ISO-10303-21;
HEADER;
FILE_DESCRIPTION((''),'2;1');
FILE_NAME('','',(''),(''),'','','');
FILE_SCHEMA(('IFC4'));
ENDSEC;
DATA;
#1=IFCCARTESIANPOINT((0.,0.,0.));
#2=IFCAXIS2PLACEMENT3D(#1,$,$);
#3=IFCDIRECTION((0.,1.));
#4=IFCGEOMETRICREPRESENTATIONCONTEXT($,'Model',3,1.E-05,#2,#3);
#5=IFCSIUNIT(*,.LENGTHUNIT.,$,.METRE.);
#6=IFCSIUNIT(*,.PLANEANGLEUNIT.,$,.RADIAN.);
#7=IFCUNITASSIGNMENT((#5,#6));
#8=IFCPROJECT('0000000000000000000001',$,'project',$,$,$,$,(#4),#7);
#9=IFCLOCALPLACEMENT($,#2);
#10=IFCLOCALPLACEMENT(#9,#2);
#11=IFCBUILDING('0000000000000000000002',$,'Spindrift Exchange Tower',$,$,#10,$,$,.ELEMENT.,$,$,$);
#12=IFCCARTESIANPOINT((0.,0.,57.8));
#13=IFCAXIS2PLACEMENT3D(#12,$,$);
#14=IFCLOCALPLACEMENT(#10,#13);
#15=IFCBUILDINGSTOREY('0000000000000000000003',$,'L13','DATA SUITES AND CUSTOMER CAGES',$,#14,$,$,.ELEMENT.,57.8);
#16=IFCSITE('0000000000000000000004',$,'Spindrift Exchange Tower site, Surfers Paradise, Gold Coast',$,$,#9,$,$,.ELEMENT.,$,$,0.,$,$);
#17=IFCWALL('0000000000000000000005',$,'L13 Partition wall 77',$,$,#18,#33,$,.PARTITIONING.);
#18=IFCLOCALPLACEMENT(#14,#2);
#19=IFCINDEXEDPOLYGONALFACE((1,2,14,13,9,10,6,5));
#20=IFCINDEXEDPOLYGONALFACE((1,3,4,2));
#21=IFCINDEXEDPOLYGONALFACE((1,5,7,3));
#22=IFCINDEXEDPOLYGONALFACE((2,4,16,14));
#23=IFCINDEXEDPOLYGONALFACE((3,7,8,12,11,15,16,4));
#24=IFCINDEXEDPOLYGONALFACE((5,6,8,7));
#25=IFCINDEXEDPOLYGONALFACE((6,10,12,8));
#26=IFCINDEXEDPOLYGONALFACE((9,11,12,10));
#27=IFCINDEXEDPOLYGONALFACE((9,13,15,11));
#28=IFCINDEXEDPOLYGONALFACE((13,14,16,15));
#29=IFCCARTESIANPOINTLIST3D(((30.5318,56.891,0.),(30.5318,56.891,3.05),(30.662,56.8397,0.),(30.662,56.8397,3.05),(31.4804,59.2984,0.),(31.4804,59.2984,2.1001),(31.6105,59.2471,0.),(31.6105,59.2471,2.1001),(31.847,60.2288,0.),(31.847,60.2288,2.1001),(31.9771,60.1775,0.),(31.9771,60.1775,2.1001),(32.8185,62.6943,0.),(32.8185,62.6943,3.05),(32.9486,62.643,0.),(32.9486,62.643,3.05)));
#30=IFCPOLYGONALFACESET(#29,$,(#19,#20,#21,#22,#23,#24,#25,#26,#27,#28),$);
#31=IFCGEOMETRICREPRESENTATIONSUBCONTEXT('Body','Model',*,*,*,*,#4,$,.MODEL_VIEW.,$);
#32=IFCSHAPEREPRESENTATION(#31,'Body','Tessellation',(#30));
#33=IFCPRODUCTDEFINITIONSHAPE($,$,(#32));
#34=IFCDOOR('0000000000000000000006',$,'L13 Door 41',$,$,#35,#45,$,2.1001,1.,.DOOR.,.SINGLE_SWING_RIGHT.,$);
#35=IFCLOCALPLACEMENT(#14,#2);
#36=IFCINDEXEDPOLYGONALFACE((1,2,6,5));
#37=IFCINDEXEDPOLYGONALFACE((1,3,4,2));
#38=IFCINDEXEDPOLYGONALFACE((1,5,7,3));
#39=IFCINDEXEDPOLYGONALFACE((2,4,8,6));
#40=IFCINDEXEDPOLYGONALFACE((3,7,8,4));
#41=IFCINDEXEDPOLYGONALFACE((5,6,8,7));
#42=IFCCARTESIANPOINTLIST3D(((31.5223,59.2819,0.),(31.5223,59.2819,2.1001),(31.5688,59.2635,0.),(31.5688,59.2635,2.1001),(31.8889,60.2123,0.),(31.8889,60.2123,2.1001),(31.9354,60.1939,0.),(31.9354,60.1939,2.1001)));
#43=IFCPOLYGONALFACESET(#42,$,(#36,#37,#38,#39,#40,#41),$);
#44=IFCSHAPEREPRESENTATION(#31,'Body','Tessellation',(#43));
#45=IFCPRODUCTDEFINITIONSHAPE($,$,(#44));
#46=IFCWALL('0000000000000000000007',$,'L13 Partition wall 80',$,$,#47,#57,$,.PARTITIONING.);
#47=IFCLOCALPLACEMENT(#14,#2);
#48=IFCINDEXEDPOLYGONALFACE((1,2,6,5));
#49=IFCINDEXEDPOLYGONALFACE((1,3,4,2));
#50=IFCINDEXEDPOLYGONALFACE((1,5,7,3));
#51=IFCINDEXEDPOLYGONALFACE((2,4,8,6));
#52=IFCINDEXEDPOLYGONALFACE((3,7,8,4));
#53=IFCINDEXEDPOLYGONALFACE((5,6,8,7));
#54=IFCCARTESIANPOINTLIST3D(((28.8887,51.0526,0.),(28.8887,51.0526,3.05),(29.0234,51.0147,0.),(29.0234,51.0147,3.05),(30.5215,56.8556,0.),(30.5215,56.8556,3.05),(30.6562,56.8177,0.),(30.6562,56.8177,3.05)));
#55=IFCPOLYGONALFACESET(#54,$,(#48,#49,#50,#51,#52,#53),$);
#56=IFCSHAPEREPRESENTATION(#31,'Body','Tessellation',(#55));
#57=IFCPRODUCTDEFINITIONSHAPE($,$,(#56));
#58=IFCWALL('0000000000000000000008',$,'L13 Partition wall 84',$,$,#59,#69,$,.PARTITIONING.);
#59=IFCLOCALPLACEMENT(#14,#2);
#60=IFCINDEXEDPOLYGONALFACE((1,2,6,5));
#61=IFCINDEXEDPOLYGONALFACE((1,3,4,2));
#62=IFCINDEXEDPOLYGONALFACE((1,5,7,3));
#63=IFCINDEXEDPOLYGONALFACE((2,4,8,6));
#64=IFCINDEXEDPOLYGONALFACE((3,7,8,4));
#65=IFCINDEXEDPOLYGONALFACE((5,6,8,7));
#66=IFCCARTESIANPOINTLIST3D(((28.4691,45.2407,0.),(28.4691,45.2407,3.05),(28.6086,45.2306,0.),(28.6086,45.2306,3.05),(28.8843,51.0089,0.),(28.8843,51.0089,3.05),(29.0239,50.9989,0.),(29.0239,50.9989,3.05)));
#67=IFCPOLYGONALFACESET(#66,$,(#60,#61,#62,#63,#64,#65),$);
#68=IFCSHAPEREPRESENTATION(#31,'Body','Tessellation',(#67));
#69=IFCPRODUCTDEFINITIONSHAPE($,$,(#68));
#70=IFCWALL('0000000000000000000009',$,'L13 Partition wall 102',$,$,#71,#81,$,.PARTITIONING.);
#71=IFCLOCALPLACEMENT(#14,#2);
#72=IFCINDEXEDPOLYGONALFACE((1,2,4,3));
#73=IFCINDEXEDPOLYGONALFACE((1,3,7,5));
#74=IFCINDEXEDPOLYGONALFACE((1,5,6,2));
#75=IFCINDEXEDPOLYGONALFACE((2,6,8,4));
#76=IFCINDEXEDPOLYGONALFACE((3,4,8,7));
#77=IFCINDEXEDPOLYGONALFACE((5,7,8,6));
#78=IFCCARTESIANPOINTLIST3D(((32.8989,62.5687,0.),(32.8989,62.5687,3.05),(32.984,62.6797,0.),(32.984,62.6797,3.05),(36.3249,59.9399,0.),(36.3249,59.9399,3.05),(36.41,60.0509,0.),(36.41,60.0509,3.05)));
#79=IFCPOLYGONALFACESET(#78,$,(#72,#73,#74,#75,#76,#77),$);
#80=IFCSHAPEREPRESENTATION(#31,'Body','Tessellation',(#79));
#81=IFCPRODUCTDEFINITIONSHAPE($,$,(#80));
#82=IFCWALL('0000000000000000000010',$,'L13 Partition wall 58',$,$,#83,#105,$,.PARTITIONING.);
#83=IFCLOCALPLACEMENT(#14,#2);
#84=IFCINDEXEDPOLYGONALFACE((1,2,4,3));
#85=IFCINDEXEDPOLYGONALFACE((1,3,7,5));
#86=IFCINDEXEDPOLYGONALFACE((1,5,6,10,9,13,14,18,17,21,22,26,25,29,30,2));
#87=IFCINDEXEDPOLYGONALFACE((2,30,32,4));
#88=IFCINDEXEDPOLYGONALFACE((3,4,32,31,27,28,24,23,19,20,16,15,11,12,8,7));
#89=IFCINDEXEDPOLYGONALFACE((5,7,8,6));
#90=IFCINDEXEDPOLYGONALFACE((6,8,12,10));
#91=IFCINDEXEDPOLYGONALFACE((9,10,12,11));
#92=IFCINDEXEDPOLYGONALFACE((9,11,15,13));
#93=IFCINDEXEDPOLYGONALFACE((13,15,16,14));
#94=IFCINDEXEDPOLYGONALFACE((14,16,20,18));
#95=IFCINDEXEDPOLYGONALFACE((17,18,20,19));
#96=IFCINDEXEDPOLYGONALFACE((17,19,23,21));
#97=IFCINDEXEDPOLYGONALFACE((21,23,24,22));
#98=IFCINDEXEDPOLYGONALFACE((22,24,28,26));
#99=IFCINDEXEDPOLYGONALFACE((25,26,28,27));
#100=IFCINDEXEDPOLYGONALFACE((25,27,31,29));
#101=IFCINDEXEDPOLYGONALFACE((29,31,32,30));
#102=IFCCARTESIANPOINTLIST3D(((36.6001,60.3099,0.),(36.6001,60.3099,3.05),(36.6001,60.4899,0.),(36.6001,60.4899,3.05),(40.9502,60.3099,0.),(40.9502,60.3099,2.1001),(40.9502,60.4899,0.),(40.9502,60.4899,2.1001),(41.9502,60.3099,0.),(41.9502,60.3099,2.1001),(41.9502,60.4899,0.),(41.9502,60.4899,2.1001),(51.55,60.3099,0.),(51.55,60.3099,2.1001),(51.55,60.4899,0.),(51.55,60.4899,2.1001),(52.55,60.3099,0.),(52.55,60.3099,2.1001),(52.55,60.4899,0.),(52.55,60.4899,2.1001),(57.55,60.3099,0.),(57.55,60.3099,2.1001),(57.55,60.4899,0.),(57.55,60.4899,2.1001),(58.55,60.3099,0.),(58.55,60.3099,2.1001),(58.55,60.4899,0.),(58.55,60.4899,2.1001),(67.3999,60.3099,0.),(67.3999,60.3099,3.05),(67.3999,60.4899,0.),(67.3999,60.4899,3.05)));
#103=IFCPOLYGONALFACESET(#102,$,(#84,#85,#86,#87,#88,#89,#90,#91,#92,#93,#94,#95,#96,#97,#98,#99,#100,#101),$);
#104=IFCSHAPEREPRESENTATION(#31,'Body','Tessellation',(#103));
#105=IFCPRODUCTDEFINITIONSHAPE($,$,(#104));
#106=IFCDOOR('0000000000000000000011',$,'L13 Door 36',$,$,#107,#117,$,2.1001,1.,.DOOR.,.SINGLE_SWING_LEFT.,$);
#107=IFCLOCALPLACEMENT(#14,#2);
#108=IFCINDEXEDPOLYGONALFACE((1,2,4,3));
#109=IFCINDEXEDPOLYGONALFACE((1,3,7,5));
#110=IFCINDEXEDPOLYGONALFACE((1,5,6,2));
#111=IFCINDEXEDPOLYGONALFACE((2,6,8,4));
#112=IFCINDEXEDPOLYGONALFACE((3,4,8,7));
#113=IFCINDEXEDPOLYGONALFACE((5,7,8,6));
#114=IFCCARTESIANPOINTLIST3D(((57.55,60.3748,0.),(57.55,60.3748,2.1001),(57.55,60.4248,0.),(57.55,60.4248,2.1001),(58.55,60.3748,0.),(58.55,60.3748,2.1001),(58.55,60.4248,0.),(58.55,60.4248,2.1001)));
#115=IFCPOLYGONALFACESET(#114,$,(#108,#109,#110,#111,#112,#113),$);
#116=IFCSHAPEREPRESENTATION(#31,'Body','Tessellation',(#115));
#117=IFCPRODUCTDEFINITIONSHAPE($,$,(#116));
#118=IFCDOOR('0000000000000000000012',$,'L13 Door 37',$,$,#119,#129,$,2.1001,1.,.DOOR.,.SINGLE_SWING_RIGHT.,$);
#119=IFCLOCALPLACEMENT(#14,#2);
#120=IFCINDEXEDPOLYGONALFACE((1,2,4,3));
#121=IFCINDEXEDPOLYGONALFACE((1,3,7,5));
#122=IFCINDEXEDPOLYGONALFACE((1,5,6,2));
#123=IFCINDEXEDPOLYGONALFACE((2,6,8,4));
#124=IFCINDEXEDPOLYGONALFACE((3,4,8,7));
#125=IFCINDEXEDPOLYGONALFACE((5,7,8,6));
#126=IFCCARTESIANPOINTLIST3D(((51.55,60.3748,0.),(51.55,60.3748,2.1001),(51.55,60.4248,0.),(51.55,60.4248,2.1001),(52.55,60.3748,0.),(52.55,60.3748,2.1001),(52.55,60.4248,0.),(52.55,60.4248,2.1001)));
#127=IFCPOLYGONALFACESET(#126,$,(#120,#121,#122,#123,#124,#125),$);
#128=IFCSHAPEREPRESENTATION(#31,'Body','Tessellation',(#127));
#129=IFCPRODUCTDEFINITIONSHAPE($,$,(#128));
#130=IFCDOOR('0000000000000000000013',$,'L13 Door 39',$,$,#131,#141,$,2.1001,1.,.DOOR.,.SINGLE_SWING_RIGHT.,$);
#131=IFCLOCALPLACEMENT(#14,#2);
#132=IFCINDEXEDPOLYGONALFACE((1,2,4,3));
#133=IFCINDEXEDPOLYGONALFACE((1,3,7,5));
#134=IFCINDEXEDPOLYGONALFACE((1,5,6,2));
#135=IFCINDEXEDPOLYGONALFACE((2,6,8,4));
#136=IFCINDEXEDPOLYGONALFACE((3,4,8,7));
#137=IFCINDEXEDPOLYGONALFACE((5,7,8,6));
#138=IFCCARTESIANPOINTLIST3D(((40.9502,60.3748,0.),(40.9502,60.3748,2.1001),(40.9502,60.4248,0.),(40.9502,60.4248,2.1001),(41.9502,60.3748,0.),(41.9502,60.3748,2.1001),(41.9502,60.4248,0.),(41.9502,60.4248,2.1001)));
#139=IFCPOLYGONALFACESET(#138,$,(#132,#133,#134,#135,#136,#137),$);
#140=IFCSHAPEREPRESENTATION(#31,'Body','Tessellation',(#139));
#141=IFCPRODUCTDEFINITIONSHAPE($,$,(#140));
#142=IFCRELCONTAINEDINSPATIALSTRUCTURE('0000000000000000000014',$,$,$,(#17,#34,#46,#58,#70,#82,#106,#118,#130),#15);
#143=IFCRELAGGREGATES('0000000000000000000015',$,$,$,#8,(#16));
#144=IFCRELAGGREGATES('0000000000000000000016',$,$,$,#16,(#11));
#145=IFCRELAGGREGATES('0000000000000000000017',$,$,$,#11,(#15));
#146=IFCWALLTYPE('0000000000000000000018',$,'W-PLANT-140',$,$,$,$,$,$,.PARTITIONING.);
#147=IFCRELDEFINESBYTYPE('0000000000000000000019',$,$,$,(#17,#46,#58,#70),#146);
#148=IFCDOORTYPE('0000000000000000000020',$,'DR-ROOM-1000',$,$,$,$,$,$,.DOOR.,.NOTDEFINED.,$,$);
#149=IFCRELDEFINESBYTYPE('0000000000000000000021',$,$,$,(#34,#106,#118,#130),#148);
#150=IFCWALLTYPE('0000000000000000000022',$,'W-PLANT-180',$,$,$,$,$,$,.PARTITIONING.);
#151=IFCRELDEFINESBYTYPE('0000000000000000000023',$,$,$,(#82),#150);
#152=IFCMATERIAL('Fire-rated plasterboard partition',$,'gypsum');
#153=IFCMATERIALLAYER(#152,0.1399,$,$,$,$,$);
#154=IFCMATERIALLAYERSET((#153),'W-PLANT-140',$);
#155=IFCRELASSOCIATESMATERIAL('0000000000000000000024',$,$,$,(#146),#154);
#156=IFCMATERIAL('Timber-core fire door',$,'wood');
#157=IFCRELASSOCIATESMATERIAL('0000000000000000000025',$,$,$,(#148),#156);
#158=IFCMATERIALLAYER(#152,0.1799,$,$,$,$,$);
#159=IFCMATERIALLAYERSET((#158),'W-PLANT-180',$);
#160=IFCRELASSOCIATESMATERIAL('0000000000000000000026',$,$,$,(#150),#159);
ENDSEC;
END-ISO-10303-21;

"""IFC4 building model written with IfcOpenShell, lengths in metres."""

from ifc_helpers import new_model, si_unit, direction, frame, frame_2d, origin, place, context, subcontext, project, spatial, rectangle, extrude, source, transform, mapped, material, layer, layer_set, type_object, element, fill, save


model = new_model("IFC4")

# Units and contexts
model_context = context("Model", 3, precision=1e-05, world=origin(), true_north=direction((0.0, 1.0)))
body_context = subcontext(model_context, "Body", "Model", "MODEL_VIEW")
ifc_project = project(units=[si_unit("LENGTHUNIT", "METRE"), si_unit("PLANEANGLEUNIT", "RADIAN")], contexts=[model_context])

# Site, building, storey
site_placement = place(None, origin())
site = spatial("IfcSite", under=ifc_project, at=site_placement, Name="Spindrift Exchange Tower site, Surfers Paradise, Gold Coast", CompositionType="ELEMENT", RefElevation=0.0)
building_placement = place(site_placement, origin())
building = spatial("IfcBuilding", under=site, at=building_placement, Name="Spindrift Exchange Tower", CompositionType="ELEMENT")
storey_placement = place(building_placement, frame((0.0, 0.0, 57.8)))
storey = spatial("IfcBuildingStorey", under=building, at=storey_placement, Name="L13", Description="DATA SUITES AND CUSTOMER CAGES", CompositionType="ELEMENT", Elevation=57.8)

# Wall, opening, door
ifc_material_1 = material(Name="Fire-rated plasterboard partition", Category="gypsum")
ifc_layer_1 = layer(ifc_material_1, 0.1399)
ifc_layer_set_1 = layer_set([ifc_layer_1], Name="W-PLANT-140")
wall_type_1 = type_object("IfcWallType", Name="W-PLANT-140", PredefinedType="PARTITIONING", material=ifc_layer_set_1)
wall_1_placement = place(storey_placement, frame((30.5969, 56.8655, 0.0), z_axis=(0.0, 0.0, 1.0), x_axis=(0.366594, 0.930381, 0.0)))
wall_1 = element("IfcWall", 1, at=wall_1_placement, inside=storey, type_object=wall_type_1, Name="L13 Partition wall 77", PredefinedType="PARTITIONING", context=body_context, shape_type="SweptSolid", body=[
    extrude(rectangle(XDim=6.2375, YDim=0.1399, at=frame_2d((3.1187, 0.0))), origin(), (0.0, 0.0, 1.0), 3.05),
])
opening_1_placement = place(wall_1_placement, frame((2.5874, 0.0, 0.0)))
opening_1 = element("IfcOpeningElement", 2, at=opening_1_placement, cuts=wall_1, PredefinedType="OPENING", context=body_context, shape_type="SweptSolid", body=[
    extrude(rectangle(XDim=1.0, YDim=2.1001, at=frame_2d((0.5, 1.05))), frame((0.0, 0.0798, 0.0), z_axis=(0.0, -1.0, 0.0), x_axis=(1.0, 0.0, 0.0)), (0.0, 0.0, 1.0), 0.1599),
])
ifc_material_2 = material(Name="Timber-core fire door", Category="wood")
door_type = type_object("IfcDoorType", Name="DR-ROOM-1000", OperationType="NOTDEFINED", PredefinedType="DOOR", material=ifc_material_2)
shared_shape_1 = source(origin(), body_context, "Body", "SweptSolid", [
    extrude(rectangle(XDim=1.0, YDim=2.1001, at=frame_2d((0.5, 1.05))), frame((0.0, 0.0249, 0.0), z_axis=(0.0, -1.0, 0.0), x_axis=(1.0, 0.0, 0.0)), (0.0, 0.0, 1.0), 0.05),
])
door_1_placement = place(opening_1_placement, origin())
door_1 = element("IfcDoor", 3, at=door_1_placement, inside=storey, type_object=door_type, Name="L13 Door 41", OperationType="SINGLE_SWING_RIGHT", OverallHeight=2.1001, OverallWidth=1.0, PredefinedType="DOOR", context=body_context, shape_type="MappedRepresentation", body=[
    mapped(shared_shape_1, transform((0.0, 0.0, 0.0), scale=1.0)),
])
fill(opening_1, door_1)

# Walls
wall_2_placement = place(storey_placement, frame((30.5889, 56.8367, 0.0), z_axis=(0.0, 0.0, 1.0), x_axis=(-0.270857, -0.96262, 0.0)))
element("IfcWall", 4, at=wall_2_placement, inside=storey, type_object=wall_type_1, Name="L13 Partition wall 80", PredefinedType="PARTITIONING", context=body_context, shape_type="SweptSolid", body=[
    extrude(rectangle(XDim=6.0283, YDim=0.1399, at=frame_2d((3.0142, 0.0))), origin(), (0.0, 0.0, 1.0), 3.05),
])
wall_3_placement = place(storey_placement, frame((28.9541, 51.0039, 0.0), z_axis=(0.0, 0.0, 1.0), x_axis=(-0.071808, -0.997418, 0.0)))
element("IfcWall", 5, at=wall_3_placement, inside=storey, type_object=wall_type_1, Name="L13 Partition wall 84", PredefinedType="PARTITIONING", context=body_context, shape_type="SweptSolid", body=[
    extrude(rectangle(XDim=5.7832, YDim=0.1399, at=frame_2d((2.8916, 0.0))), origin(), (0.0, 0.0, 1.0), 3.05),
])
wall_4_placement = place(storey_placement, frame((36.3674, 59.9954, 0.0), z_axis=(0.0, 0.0, 1.0), x_axis=(-0.793351, 0.608765, 0.0)))
element("IfcWall", 6, at=wall_4_placement, inside=storey, type_object=wall_type_1, Name="L13 Partition wall 102", PredefinedType="PARTITIONING", context=body_context, shape_type="SweptSolid", body=[
    extrude(rectangle(XDim=4.3184, YDim=0.1399, at=frame_2d((2.1592, 0.0))), origin(), (0.0, 0.0, 1.0), 3.05),
])

# Wall, openings, doors
ifc_layer_2 = layer(ifc_material_1, 0.1799)
ifc_layer_set_2 = layer_set([ifc_layer_2], Name="W-PLANT-180")
wall_type_2 = type_object("IfcWallType", Name="W-PLANT-180", PredefinedType="PARTITIONING", material=ifc_layer_set_2)
wall_5_placement = place(storey_placement, frame((36.6001, 60.3999, 0.0), z_axis=(0.0, 0.0, 1.0), x_axis=(1.0, 0.0, 0.0)))
wall_5 = element("IfcWall", 7, at=wall_5_placement, inside=storey, type_object=wall_type_2, Name="L13 Partition wall 58", PredefinedType="PARTITIONING", context=body_context, shape_type="SweptSolid", body=[
    extrude(rectangle(XDim=30.7998, YDim=0.1799, at=frame_2d((15.3999, 0.0))), origin(), (0.0, 0.0, 1.0), 3.05),
])
opening_2_placement = place(wall_5_placement, frame((20.95, 0.0, 0.0)))
opening_2 = element("IfcOpeningElement", 8, at=opening_2_placement, cuts=wall_5, PredefinedType="OPENING", context=body_context, shape_type="SweptSolid", body=[
    extrude(rectangle(XDim=1.0, YDim=2.1001, at=frame_2d((0.5, 1.05))), frame((0.0, 0.0999, 0.0), z_axis=(0.0, -1.0, 0.0), x_axis=(1.0, 0.0, 0.0)), (0.0, 0.0, 1.0), 0.2),
])
opening_3_placement = place(wall_5_placement, frame((14.95, 0.0, 0.0)))
opening_3 = element("IfcOpeningElement", 9, at=opening_3_placement, cuts=wall_5, PredefinedType="OPENING", context=body_context, shape_type="SweptSolid", body=[
    extrude(rectangle(XDim=1.0, YDim=2.1001, at=frame_2d((0.5, 1.05))), frame((0.0, 0.0999, 0.0), z_axis=(0.0, -1.0, 0.0), x_axis=(1.0, 0.0, 0.0)), (0.0, 0.0, 1.0), 0.2),
])
opening_4_placement = place(wall_5_placement, frame((4.3501, 0.0, 0.0)))
opening_4 = element("IfcOpeningElement", 10, at=opening_4_placement, cuts=wall_5, PredefinedType="OPENING", context=body_context, shape_type="SweptSolid", body=[
    extrude(rectangle(XDim=1.0, YDim=2.1001, at=frame_2d((0.5, 1.05))), frame((0.0, 0.0999, 0.0), z_axis=(0.0, -1.0, 0.0), x_axis=(1.0, 0.0, 0.0)), (0.0, 0.0, 1.0), 0.2),
])
door_2_placement = place(opening_2_placement, origin())
door_2 = element("IfcDoor", 11, at=door_2_placement, inside=storey, type_object=door_type, Name="L13 Door 36", OperationType="SINGLE_SWING_LEFT", OverallHeight=2.1001, OverallWidth=1.0, PredefinedType="DOOR", context=body_context, shape_type="MappedRepresentation", body=[
    mapped(shared_shape_1, transform((0.0, 0.0, 0.0), scale=1.0)),
])
fill(opening_2, door_2)
door_3_placement = place(opening_3_placement, origin())
door_3 = element("IfcDoor", 12, at=door_3_placement, inside=storey, type_object=door_type, Name="L13 Door 37", OperationType="SINGLE_SWING_RIGHT", OverallHeight=2.1001, OverallWidth=1.0, PredefinedType="DOOR", context=body_context, shape_type="MappedRepresentation", body=[
    mapped(shared_shape_1, transform((0.0, 0.0, 0.0), scale=1.0)),
])
fill(opening_3, door_3)
door_4_placement = place(opening_4_placement, origin())
door_4 = element("IfcDoor", 13, at=door_4_placement, inside=storey, type_object=door_type, Name="L13 Door 39", OperationType="SINGLE_SWING_RIGHT", OverallHeight=2.1001, OverallWidth=1.0, PredefinedType="DOOR", context=body_context, shape_type="MappedRepresentation", body=[
    mapped(shared_shape_1, transform((0.0, 0.0, 0.0), scale=1.0)),
])
fill(opening_4, door_4)

save(model, "model.ifc")
